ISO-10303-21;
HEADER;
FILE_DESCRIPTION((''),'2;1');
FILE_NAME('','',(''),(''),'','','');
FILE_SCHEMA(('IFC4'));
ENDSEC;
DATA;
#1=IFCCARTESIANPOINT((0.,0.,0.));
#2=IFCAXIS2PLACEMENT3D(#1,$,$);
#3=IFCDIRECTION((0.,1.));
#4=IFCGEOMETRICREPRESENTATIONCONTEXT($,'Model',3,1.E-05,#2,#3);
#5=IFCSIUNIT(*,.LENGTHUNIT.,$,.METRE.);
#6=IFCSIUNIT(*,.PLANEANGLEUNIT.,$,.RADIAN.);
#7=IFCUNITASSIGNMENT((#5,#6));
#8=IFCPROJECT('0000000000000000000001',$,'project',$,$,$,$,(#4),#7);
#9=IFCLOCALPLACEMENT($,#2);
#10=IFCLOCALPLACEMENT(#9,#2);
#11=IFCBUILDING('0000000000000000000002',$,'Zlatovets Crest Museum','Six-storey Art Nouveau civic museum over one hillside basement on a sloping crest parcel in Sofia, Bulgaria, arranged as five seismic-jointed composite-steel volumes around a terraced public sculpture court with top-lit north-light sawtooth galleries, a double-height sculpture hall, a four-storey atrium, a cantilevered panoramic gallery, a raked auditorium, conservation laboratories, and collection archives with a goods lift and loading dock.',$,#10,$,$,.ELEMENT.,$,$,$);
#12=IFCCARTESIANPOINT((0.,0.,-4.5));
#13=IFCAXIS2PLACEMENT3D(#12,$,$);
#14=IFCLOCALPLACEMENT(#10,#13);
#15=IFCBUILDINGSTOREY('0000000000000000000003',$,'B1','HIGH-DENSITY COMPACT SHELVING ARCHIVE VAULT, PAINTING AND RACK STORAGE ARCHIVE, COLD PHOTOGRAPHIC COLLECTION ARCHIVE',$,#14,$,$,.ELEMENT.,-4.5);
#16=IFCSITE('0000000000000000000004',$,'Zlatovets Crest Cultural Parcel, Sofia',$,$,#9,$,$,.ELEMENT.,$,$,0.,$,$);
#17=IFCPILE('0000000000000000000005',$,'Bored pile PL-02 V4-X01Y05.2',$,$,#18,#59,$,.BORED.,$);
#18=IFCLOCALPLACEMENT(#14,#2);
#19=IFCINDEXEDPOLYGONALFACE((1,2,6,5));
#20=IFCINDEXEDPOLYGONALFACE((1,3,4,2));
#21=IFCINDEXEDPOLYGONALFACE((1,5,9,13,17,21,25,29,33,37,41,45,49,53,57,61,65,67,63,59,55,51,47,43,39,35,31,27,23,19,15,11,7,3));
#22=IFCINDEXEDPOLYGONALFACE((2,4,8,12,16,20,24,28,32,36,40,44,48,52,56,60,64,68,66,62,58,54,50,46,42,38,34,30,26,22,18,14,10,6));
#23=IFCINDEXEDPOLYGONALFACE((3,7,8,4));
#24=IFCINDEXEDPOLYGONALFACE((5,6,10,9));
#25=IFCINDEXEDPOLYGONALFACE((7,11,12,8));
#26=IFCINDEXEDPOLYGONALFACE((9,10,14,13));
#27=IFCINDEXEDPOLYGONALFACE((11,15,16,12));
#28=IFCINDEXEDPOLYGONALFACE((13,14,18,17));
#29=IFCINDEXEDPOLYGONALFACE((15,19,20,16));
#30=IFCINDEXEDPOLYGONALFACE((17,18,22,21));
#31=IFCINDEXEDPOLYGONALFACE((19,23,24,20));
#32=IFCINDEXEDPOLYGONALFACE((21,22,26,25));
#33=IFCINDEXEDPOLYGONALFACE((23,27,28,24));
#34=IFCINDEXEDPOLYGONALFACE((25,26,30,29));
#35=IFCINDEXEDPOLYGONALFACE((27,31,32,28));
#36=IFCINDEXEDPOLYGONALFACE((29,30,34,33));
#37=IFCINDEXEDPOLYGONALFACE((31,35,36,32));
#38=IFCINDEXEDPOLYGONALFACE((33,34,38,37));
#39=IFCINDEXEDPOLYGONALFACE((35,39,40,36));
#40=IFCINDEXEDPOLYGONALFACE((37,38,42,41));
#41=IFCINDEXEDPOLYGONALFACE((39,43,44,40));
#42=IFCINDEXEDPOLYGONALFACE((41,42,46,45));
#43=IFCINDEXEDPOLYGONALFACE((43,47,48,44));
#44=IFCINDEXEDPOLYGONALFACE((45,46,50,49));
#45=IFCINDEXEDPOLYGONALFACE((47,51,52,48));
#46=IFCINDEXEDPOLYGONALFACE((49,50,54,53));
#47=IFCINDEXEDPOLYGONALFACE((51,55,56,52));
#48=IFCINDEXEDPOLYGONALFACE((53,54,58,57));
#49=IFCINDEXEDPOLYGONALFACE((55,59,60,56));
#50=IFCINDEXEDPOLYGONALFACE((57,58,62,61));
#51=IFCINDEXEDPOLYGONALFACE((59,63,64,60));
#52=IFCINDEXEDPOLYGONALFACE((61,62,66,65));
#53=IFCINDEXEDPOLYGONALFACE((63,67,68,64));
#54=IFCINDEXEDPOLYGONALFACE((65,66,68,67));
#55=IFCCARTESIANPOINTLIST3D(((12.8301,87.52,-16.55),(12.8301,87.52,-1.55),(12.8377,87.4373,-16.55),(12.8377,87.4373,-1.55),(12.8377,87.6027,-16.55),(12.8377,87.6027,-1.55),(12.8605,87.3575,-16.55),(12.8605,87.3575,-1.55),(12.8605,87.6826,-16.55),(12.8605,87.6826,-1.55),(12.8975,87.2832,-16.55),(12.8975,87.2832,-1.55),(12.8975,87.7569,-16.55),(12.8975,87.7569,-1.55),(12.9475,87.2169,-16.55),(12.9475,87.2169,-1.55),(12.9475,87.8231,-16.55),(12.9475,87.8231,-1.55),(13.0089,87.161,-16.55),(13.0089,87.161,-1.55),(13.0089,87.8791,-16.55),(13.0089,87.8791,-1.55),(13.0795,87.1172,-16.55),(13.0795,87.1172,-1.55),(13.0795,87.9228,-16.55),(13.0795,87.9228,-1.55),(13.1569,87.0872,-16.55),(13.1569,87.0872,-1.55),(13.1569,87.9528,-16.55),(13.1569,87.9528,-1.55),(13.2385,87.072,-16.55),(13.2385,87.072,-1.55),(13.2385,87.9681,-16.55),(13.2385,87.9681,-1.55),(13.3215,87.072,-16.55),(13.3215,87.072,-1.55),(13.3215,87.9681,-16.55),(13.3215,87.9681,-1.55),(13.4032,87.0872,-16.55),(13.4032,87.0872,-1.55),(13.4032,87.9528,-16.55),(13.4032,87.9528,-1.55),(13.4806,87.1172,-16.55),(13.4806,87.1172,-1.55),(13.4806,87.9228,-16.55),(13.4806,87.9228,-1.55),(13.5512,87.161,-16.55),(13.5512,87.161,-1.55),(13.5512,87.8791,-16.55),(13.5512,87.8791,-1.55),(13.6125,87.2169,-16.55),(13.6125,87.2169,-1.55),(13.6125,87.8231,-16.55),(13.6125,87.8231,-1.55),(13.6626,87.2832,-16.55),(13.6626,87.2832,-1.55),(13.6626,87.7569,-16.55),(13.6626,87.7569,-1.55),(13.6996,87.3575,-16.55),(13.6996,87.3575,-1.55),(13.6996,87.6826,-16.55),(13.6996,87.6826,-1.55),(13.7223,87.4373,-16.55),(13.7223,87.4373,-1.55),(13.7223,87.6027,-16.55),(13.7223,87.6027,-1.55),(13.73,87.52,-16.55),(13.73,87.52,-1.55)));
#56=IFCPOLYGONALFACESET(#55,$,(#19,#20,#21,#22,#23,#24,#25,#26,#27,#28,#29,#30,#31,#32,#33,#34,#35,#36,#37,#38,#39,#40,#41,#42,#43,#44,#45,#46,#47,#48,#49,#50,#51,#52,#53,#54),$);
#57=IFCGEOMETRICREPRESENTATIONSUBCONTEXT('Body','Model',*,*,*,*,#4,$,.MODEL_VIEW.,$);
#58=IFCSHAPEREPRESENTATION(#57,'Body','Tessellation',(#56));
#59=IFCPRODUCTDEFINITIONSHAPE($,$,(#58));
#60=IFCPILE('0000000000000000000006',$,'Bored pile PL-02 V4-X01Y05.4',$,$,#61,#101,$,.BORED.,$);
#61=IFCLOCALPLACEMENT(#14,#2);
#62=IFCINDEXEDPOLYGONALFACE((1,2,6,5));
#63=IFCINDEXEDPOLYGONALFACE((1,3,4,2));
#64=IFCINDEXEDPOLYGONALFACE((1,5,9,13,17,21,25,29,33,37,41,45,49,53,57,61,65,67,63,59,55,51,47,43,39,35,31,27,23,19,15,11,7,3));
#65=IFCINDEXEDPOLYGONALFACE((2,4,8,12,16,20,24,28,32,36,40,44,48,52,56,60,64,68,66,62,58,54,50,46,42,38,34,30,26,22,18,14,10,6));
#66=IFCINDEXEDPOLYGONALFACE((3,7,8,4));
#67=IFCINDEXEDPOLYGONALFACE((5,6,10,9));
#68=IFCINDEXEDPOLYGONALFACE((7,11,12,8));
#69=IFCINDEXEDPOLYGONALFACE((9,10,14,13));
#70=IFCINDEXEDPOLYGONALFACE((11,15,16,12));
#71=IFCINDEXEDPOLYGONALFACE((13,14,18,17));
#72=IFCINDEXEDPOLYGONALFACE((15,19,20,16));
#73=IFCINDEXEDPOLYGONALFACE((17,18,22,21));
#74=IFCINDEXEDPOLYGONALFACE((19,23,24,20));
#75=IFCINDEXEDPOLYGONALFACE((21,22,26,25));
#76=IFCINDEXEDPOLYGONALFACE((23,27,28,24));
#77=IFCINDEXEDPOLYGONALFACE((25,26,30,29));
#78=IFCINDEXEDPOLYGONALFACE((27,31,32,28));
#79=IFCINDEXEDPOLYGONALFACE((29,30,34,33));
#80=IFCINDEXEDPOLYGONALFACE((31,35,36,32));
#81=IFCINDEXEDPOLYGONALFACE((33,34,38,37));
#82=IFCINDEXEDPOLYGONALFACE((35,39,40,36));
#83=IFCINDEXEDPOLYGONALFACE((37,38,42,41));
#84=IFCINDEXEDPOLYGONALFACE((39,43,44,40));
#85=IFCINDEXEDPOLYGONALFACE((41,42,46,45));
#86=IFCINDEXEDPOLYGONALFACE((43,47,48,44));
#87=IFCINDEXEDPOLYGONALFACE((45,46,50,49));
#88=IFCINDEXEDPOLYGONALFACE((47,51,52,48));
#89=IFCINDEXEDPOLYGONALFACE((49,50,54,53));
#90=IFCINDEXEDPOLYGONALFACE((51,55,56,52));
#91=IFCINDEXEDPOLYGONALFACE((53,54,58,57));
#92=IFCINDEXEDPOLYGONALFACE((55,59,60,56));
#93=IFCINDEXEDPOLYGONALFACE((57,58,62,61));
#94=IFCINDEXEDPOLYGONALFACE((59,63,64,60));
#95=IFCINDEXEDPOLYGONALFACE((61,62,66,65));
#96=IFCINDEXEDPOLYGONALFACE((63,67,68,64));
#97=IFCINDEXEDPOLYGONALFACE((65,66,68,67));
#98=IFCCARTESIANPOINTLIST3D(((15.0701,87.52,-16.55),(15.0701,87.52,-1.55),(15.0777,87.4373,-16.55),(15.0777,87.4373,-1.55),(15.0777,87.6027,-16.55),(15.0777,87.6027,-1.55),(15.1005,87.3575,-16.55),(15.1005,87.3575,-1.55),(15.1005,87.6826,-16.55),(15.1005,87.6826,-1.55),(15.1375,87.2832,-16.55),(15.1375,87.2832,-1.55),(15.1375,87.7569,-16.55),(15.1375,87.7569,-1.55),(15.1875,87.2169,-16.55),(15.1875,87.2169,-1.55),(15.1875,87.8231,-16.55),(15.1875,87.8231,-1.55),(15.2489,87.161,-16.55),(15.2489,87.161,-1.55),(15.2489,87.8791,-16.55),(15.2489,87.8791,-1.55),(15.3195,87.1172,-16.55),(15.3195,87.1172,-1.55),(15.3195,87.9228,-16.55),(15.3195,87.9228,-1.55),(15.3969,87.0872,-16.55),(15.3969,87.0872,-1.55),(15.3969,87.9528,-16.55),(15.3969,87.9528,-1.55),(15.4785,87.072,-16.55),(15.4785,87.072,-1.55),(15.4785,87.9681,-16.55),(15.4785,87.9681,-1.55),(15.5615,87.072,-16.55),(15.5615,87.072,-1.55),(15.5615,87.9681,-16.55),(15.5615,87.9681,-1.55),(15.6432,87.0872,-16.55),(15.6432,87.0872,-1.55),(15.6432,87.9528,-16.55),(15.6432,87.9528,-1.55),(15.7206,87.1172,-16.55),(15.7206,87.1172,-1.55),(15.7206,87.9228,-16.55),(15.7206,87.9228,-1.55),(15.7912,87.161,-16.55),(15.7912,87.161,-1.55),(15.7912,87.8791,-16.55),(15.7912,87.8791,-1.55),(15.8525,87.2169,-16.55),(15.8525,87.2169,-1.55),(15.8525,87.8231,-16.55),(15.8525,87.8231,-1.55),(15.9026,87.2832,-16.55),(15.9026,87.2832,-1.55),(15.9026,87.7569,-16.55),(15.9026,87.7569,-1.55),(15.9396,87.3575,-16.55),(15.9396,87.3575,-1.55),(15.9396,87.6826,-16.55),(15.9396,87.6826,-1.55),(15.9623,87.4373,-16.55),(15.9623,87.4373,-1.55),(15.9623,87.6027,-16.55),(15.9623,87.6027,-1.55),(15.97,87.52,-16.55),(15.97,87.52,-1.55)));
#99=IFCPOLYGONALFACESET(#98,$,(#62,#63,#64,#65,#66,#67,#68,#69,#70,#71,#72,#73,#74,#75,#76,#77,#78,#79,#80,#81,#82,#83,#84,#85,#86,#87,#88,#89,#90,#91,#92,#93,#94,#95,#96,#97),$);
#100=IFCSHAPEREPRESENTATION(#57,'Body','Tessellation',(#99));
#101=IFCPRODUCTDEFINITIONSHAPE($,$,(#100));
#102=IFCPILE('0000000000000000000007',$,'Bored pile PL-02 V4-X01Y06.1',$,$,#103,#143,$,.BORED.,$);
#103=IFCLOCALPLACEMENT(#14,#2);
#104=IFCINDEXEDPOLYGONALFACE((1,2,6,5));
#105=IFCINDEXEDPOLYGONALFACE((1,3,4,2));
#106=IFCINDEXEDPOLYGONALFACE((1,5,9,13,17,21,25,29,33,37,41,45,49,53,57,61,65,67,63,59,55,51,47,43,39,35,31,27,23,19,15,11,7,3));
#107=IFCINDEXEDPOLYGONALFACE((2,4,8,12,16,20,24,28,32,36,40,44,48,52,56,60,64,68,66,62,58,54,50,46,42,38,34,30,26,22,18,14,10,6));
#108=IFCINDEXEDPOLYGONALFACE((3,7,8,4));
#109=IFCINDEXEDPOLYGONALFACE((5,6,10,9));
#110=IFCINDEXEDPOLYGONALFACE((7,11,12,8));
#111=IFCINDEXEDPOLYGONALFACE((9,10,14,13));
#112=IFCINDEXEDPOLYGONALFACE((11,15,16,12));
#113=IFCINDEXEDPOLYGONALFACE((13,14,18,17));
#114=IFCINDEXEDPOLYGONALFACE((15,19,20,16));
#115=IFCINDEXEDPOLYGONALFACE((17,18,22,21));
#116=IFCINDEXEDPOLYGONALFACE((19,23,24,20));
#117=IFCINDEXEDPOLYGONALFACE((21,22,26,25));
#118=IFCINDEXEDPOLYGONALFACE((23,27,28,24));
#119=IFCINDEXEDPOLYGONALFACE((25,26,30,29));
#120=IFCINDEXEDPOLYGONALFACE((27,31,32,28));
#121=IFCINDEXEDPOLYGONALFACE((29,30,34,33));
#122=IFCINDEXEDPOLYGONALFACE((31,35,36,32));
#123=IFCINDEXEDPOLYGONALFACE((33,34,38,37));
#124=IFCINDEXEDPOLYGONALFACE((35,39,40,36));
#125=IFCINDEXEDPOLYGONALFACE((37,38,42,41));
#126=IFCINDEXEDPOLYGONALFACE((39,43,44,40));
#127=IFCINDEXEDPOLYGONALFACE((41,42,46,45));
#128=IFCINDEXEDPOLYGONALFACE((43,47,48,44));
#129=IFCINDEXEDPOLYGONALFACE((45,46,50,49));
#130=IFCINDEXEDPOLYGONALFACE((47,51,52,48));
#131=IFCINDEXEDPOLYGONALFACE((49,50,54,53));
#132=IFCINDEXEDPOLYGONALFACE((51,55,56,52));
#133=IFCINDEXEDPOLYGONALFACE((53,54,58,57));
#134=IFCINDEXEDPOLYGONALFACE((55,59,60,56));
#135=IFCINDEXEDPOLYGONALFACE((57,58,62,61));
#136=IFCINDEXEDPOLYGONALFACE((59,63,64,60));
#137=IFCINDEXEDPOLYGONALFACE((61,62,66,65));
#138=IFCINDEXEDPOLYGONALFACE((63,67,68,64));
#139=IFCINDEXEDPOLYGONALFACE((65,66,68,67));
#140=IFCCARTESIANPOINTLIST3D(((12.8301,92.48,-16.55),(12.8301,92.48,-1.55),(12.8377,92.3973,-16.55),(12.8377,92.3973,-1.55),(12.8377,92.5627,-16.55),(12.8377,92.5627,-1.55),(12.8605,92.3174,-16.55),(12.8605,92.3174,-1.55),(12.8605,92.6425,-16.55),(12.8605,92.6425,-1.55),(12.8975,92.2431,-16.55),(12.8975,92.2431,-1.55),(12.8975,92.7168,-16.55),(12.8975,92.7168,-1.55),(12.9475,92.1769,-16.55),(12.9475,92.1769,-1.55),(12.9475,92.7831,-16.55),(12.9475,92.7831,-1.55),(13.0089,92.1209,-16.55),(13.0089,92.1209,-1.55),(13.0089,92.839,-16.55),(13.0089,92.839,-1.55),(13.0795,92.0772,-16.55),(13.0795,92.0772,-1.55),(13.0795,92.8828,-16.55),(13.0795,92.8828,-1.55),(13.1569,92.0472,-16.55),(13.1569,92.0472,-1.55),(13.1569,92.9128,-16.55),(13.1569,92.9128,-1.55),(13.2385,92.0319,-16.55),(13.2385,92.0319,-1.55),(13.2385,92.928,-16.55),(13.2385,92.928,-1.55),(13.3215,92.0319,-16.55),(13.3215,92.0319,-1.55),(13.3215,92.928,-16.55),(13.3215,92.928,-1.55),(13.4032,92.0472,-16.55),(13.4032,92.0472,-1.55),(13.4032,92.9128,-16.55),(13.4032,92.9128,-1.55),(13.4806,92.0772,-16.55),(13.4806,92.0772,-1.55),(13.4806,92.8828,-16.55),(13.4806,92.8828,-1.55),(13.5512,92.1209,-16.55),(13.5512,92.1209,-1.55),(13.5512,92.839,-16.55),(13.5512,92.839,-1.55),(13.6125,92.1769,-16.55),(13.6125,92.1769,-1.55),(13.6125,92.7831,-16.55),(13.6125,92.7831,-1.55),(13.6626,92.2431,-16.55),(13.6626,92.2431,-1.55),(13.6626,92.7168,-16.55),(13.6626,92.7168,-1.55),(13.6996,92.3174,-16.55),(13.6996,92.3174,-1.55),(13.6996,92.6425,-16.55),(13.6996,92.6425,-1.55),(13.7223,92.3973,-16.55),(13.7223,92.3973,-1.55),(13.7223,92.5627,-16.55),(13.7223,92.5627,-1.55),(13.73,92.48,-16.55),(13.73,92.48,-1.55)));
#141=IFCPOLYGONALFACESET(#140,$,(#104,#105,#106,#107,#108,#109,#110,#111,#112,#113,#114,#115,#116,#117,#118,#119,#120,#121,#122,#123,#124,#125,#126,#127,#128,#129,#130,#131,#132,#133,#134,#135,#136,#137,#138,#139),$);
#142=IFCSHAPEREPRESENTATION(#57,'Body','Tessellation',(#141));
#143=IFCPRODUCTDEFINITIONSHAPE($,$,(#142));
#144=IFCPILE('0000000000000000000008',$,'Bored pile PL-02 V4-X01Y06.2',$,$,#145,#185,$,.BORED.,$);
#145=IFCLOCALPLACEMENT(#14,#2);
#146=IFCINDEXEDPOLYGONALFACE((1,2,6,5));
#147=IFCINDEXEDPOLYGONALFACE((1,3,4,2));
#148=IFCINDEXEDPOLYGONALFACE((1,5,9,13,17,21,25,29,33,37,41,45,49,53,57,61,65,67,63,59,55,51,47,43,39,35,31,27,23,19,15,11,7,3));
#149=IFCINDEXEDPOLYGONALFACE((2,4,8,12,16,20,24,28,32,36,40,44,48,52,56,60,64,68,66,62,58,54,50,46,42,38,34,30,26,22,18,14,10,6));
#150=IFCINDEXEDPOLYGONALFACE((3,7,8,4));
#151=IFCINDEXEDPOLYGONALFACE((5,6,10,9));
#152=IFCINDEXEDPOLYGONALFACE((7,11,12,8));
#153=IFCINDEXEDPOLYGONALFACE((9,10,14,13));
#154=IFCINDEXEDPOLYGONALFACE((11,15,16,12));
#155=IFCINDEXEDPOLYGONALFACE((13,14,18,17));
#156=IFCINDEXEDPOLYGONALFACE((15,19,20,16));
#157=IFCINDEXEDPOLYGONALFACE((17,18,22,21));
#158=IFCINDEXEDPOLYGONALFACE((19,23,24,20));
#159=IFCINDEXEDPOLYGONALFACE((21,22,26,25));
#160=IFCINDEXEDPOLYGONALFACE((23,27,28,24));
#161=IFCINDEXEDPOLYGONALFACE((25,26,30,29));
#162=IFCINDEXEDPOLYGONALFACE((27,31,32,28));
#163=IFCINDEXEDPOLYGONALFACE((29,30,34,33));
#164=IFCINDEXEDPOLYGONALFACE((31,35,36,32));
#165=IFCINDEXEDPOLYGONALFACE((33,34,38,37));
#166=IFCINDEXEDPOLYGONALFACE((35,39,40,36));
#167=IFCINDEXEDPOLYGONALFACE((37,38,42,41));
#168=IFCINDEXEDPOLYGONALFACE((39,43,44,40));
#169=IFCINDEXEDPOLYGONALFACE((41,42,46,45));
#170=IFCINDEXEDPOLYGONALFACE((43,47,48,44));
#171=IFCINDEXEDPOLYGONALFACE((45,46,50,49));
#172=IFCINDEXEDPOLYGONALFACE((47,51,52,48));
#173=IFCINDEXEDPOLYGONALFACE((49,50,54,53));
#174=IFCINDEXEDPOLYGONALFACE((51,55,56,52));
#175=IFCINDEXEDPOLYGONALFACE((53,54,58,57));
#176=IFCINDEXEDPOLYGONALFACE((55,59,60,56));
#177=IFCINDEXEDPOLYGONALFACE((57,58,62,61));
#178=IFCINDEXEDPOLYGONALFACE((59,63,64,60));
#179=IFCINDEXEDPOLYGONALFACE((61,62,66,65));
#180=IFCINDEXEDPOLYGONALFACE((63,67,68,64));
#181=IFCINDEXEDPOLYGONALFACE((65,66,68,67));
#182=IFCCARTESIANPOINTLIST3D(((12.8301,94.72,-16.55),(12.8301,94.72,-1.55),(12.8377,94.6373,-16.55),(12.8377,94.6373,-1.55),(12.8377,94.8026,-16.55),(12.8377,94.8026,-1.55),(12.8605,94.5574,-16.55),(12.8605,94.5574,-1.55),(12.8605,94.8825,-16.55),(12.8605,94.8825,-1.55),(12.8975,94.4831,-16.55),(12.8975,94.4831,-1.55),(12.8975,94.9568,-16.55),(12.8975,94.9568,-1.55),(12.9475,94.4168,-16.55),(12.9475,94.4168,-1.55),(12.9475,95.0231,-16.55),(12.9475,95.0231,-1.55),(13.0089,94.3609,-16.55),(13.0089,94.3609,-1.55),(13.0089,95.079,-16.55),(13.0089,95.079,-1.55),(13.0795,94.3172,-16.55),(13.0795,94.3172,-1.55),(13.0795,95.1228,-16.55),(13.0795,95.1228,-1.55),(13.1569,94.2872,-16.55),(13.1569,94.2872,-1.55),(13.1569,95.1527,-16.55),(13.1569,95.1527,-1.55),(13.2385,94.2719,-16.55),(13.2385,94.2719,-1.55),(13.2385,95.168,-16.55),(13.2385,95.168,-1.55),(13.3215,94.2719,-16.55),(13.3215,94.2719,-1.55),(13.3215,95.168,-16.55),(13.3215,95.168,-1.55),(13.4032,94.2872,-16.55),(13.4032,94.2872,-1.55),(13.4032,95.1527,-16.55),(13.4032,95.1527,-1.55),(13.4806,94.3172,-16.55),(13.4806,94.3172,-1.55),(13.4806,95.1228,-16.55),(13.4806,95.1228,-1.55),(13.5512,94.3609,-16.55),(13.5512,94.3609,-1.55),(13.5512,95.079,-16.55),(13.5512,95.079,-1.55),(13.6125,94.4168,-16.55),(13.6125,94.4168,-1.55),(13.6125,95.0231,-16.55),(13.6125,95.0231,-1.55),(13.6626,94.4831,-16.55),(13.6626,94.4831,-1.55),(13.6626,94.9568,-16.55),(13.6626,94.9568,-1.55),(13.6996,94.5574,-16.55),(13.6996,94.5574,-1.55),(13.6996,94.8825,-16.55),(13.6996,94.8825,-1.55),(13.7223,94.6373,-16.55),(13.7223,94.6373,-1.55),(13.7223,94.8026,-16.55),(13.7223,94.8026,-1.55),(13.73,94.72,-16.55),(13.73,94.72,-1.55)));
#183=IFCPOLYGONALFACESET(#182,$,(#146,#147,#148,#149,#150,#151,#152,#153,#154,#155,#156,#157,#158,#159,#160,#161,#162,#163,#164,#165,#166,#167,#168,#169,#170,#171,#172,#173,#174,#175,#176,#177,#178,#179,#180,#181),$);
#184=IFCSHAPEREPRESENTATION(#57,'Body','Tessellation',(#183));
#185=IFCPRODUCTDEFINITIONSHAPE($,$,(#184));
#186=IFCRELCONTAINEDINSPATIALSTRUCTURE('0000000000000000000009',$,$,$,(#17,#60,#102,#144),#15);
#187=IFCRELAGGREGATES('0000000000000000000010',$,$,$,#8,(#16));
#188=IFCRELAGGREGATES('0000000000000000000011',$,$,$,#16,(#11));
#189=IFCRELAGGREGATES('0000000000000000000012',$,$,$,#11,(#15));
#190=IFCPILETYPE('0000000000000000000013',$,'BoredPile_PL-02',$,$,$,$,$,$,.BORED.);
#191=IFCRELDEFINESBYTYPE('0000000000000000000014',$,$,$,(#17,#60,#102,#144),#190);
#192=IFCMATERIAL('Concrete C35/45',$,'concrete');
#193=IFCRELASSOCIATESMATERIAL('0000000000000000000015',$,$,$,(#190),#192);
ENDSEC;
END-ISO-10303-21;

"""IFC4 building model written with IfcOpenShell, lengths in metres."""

from ifc_helpers import new_model, si_unit, direction, frame, origin, origin_2d, place, context, subcontext, project, spatial, circle, extrude, material, material_profile, profile_set, type_object, element, save


model = new_model("IFC4")

# Units and contexts
model_context = context("Model", 3, precision=1e-05, world=origin(), true_north=direction((0.0, 1.0)))
body_context = subcontext(model_context, "Body", "Model", "MODEL_VIEW")
ifc_project = project(units=[si_unit("LENGTHUNIT", "METRE"), si_unit("PLANEANGLEUNIT", "RADIAN")], contexts=[model_context])

# Site, building, storey
site_placement = place(None, origin())
site = spatial("IfcSite", under=ifc_project, at=site_placement, Name="Zlatovets Crest Cultural Parcel, Sofia", CompositionType="ELEMENT", RefElevation=0.0)
building_placement = place(site_placement, origin())
building = spatial("IfcBuilding", under=site, at=building_placement, Name="Zlatovets Crest Museum", Description="Six-storey Art Nouveau civic museum over one hillside basement on a sloping crest parcel in Sofia, Bulgaria, arranged as five seismic-jointed composite-steel volumes around a terraced public sculpture court with top-lit north-light sawtooth galleries, a double-height sculpture hall, a four-storey atrium, a cantilevered panoramic gallery, a raked auditorium, conservation laboratories, and collection archives with a goods lift and loading dock.", CompositionType="ELEMENT")
storey_placement = place(building_placement, frame((0.0, 0.0, -4.5)))
storey = spatial("IfcBuildingStorey", under=building, at=storey_placement, Name="B1", Description="HIGH-DENSITY COMPACT SHELVING ARCHIVE VAULT, PAINTING AND RACK STORAGE ARCHIVE, COLD PHOTOGRAPHIC COLLECTION ARCHIVE", CompositionType="ELEMENT", Elevation=-4.5)

# Piles
ifc_material = material(Name="Concrete C35/45", Category="concrete")
ifc_material_profile_1 = material_profile(ifc_material, circle(Radius=0.45, at=origin_2d()), Name="PILE D900")
ifc_profile_set_1 = profile_set([ifc_material_profile_1], Name="Concrete C35/45")
pile_type_1 = type_object("IfcPileType", Name="BoredPile_PL-02", PredefinedType="BORED", material=ifc_profile_set_1)
for number, where, z_axis, x_axis, name in (
    (1, (13.28, 87.52, -1.55), (0.0, 0.0, -1.0), (1.0, 0.0, 0.0), "Bored pile PL-02 V4-X01Y05.2"),
    (2, (15.52, 87.52, -1.55), (0.0, 0.0, -1.0), (1.0, 0.0, 0.0), "Bored pile PL-02 V4-X01Y05.4"),
    (3, (13.28, 92.48, -1.55), (0.0, 0.0, -1.0), (1.0, 0.0, 0.0), "Bored pile PL-02 V4-X01Y06.1"),
    (4, (13.28, 94.72, -1.55), (0.0, 0.0, -1.0), (1.0, 0.0, 0.0), "Bored pile PL-02 V4-X01Y06.2"),
):
    element("IfcPile", number, at=place(storey_placement, frame(where, z_axis=z_axis, x_axis=x_axis)), inside=storey, type_object=pile_type_1, Name=name, PredefinedType="BORED", context=body_context, shape_type="SweptSolid", body=[
        extrude(circle(Radius=0.45, at=origin_2d()), origin(), (0.0, 0.0, 1.0), 15.0),
    ])

save(model, "model.ifc")
